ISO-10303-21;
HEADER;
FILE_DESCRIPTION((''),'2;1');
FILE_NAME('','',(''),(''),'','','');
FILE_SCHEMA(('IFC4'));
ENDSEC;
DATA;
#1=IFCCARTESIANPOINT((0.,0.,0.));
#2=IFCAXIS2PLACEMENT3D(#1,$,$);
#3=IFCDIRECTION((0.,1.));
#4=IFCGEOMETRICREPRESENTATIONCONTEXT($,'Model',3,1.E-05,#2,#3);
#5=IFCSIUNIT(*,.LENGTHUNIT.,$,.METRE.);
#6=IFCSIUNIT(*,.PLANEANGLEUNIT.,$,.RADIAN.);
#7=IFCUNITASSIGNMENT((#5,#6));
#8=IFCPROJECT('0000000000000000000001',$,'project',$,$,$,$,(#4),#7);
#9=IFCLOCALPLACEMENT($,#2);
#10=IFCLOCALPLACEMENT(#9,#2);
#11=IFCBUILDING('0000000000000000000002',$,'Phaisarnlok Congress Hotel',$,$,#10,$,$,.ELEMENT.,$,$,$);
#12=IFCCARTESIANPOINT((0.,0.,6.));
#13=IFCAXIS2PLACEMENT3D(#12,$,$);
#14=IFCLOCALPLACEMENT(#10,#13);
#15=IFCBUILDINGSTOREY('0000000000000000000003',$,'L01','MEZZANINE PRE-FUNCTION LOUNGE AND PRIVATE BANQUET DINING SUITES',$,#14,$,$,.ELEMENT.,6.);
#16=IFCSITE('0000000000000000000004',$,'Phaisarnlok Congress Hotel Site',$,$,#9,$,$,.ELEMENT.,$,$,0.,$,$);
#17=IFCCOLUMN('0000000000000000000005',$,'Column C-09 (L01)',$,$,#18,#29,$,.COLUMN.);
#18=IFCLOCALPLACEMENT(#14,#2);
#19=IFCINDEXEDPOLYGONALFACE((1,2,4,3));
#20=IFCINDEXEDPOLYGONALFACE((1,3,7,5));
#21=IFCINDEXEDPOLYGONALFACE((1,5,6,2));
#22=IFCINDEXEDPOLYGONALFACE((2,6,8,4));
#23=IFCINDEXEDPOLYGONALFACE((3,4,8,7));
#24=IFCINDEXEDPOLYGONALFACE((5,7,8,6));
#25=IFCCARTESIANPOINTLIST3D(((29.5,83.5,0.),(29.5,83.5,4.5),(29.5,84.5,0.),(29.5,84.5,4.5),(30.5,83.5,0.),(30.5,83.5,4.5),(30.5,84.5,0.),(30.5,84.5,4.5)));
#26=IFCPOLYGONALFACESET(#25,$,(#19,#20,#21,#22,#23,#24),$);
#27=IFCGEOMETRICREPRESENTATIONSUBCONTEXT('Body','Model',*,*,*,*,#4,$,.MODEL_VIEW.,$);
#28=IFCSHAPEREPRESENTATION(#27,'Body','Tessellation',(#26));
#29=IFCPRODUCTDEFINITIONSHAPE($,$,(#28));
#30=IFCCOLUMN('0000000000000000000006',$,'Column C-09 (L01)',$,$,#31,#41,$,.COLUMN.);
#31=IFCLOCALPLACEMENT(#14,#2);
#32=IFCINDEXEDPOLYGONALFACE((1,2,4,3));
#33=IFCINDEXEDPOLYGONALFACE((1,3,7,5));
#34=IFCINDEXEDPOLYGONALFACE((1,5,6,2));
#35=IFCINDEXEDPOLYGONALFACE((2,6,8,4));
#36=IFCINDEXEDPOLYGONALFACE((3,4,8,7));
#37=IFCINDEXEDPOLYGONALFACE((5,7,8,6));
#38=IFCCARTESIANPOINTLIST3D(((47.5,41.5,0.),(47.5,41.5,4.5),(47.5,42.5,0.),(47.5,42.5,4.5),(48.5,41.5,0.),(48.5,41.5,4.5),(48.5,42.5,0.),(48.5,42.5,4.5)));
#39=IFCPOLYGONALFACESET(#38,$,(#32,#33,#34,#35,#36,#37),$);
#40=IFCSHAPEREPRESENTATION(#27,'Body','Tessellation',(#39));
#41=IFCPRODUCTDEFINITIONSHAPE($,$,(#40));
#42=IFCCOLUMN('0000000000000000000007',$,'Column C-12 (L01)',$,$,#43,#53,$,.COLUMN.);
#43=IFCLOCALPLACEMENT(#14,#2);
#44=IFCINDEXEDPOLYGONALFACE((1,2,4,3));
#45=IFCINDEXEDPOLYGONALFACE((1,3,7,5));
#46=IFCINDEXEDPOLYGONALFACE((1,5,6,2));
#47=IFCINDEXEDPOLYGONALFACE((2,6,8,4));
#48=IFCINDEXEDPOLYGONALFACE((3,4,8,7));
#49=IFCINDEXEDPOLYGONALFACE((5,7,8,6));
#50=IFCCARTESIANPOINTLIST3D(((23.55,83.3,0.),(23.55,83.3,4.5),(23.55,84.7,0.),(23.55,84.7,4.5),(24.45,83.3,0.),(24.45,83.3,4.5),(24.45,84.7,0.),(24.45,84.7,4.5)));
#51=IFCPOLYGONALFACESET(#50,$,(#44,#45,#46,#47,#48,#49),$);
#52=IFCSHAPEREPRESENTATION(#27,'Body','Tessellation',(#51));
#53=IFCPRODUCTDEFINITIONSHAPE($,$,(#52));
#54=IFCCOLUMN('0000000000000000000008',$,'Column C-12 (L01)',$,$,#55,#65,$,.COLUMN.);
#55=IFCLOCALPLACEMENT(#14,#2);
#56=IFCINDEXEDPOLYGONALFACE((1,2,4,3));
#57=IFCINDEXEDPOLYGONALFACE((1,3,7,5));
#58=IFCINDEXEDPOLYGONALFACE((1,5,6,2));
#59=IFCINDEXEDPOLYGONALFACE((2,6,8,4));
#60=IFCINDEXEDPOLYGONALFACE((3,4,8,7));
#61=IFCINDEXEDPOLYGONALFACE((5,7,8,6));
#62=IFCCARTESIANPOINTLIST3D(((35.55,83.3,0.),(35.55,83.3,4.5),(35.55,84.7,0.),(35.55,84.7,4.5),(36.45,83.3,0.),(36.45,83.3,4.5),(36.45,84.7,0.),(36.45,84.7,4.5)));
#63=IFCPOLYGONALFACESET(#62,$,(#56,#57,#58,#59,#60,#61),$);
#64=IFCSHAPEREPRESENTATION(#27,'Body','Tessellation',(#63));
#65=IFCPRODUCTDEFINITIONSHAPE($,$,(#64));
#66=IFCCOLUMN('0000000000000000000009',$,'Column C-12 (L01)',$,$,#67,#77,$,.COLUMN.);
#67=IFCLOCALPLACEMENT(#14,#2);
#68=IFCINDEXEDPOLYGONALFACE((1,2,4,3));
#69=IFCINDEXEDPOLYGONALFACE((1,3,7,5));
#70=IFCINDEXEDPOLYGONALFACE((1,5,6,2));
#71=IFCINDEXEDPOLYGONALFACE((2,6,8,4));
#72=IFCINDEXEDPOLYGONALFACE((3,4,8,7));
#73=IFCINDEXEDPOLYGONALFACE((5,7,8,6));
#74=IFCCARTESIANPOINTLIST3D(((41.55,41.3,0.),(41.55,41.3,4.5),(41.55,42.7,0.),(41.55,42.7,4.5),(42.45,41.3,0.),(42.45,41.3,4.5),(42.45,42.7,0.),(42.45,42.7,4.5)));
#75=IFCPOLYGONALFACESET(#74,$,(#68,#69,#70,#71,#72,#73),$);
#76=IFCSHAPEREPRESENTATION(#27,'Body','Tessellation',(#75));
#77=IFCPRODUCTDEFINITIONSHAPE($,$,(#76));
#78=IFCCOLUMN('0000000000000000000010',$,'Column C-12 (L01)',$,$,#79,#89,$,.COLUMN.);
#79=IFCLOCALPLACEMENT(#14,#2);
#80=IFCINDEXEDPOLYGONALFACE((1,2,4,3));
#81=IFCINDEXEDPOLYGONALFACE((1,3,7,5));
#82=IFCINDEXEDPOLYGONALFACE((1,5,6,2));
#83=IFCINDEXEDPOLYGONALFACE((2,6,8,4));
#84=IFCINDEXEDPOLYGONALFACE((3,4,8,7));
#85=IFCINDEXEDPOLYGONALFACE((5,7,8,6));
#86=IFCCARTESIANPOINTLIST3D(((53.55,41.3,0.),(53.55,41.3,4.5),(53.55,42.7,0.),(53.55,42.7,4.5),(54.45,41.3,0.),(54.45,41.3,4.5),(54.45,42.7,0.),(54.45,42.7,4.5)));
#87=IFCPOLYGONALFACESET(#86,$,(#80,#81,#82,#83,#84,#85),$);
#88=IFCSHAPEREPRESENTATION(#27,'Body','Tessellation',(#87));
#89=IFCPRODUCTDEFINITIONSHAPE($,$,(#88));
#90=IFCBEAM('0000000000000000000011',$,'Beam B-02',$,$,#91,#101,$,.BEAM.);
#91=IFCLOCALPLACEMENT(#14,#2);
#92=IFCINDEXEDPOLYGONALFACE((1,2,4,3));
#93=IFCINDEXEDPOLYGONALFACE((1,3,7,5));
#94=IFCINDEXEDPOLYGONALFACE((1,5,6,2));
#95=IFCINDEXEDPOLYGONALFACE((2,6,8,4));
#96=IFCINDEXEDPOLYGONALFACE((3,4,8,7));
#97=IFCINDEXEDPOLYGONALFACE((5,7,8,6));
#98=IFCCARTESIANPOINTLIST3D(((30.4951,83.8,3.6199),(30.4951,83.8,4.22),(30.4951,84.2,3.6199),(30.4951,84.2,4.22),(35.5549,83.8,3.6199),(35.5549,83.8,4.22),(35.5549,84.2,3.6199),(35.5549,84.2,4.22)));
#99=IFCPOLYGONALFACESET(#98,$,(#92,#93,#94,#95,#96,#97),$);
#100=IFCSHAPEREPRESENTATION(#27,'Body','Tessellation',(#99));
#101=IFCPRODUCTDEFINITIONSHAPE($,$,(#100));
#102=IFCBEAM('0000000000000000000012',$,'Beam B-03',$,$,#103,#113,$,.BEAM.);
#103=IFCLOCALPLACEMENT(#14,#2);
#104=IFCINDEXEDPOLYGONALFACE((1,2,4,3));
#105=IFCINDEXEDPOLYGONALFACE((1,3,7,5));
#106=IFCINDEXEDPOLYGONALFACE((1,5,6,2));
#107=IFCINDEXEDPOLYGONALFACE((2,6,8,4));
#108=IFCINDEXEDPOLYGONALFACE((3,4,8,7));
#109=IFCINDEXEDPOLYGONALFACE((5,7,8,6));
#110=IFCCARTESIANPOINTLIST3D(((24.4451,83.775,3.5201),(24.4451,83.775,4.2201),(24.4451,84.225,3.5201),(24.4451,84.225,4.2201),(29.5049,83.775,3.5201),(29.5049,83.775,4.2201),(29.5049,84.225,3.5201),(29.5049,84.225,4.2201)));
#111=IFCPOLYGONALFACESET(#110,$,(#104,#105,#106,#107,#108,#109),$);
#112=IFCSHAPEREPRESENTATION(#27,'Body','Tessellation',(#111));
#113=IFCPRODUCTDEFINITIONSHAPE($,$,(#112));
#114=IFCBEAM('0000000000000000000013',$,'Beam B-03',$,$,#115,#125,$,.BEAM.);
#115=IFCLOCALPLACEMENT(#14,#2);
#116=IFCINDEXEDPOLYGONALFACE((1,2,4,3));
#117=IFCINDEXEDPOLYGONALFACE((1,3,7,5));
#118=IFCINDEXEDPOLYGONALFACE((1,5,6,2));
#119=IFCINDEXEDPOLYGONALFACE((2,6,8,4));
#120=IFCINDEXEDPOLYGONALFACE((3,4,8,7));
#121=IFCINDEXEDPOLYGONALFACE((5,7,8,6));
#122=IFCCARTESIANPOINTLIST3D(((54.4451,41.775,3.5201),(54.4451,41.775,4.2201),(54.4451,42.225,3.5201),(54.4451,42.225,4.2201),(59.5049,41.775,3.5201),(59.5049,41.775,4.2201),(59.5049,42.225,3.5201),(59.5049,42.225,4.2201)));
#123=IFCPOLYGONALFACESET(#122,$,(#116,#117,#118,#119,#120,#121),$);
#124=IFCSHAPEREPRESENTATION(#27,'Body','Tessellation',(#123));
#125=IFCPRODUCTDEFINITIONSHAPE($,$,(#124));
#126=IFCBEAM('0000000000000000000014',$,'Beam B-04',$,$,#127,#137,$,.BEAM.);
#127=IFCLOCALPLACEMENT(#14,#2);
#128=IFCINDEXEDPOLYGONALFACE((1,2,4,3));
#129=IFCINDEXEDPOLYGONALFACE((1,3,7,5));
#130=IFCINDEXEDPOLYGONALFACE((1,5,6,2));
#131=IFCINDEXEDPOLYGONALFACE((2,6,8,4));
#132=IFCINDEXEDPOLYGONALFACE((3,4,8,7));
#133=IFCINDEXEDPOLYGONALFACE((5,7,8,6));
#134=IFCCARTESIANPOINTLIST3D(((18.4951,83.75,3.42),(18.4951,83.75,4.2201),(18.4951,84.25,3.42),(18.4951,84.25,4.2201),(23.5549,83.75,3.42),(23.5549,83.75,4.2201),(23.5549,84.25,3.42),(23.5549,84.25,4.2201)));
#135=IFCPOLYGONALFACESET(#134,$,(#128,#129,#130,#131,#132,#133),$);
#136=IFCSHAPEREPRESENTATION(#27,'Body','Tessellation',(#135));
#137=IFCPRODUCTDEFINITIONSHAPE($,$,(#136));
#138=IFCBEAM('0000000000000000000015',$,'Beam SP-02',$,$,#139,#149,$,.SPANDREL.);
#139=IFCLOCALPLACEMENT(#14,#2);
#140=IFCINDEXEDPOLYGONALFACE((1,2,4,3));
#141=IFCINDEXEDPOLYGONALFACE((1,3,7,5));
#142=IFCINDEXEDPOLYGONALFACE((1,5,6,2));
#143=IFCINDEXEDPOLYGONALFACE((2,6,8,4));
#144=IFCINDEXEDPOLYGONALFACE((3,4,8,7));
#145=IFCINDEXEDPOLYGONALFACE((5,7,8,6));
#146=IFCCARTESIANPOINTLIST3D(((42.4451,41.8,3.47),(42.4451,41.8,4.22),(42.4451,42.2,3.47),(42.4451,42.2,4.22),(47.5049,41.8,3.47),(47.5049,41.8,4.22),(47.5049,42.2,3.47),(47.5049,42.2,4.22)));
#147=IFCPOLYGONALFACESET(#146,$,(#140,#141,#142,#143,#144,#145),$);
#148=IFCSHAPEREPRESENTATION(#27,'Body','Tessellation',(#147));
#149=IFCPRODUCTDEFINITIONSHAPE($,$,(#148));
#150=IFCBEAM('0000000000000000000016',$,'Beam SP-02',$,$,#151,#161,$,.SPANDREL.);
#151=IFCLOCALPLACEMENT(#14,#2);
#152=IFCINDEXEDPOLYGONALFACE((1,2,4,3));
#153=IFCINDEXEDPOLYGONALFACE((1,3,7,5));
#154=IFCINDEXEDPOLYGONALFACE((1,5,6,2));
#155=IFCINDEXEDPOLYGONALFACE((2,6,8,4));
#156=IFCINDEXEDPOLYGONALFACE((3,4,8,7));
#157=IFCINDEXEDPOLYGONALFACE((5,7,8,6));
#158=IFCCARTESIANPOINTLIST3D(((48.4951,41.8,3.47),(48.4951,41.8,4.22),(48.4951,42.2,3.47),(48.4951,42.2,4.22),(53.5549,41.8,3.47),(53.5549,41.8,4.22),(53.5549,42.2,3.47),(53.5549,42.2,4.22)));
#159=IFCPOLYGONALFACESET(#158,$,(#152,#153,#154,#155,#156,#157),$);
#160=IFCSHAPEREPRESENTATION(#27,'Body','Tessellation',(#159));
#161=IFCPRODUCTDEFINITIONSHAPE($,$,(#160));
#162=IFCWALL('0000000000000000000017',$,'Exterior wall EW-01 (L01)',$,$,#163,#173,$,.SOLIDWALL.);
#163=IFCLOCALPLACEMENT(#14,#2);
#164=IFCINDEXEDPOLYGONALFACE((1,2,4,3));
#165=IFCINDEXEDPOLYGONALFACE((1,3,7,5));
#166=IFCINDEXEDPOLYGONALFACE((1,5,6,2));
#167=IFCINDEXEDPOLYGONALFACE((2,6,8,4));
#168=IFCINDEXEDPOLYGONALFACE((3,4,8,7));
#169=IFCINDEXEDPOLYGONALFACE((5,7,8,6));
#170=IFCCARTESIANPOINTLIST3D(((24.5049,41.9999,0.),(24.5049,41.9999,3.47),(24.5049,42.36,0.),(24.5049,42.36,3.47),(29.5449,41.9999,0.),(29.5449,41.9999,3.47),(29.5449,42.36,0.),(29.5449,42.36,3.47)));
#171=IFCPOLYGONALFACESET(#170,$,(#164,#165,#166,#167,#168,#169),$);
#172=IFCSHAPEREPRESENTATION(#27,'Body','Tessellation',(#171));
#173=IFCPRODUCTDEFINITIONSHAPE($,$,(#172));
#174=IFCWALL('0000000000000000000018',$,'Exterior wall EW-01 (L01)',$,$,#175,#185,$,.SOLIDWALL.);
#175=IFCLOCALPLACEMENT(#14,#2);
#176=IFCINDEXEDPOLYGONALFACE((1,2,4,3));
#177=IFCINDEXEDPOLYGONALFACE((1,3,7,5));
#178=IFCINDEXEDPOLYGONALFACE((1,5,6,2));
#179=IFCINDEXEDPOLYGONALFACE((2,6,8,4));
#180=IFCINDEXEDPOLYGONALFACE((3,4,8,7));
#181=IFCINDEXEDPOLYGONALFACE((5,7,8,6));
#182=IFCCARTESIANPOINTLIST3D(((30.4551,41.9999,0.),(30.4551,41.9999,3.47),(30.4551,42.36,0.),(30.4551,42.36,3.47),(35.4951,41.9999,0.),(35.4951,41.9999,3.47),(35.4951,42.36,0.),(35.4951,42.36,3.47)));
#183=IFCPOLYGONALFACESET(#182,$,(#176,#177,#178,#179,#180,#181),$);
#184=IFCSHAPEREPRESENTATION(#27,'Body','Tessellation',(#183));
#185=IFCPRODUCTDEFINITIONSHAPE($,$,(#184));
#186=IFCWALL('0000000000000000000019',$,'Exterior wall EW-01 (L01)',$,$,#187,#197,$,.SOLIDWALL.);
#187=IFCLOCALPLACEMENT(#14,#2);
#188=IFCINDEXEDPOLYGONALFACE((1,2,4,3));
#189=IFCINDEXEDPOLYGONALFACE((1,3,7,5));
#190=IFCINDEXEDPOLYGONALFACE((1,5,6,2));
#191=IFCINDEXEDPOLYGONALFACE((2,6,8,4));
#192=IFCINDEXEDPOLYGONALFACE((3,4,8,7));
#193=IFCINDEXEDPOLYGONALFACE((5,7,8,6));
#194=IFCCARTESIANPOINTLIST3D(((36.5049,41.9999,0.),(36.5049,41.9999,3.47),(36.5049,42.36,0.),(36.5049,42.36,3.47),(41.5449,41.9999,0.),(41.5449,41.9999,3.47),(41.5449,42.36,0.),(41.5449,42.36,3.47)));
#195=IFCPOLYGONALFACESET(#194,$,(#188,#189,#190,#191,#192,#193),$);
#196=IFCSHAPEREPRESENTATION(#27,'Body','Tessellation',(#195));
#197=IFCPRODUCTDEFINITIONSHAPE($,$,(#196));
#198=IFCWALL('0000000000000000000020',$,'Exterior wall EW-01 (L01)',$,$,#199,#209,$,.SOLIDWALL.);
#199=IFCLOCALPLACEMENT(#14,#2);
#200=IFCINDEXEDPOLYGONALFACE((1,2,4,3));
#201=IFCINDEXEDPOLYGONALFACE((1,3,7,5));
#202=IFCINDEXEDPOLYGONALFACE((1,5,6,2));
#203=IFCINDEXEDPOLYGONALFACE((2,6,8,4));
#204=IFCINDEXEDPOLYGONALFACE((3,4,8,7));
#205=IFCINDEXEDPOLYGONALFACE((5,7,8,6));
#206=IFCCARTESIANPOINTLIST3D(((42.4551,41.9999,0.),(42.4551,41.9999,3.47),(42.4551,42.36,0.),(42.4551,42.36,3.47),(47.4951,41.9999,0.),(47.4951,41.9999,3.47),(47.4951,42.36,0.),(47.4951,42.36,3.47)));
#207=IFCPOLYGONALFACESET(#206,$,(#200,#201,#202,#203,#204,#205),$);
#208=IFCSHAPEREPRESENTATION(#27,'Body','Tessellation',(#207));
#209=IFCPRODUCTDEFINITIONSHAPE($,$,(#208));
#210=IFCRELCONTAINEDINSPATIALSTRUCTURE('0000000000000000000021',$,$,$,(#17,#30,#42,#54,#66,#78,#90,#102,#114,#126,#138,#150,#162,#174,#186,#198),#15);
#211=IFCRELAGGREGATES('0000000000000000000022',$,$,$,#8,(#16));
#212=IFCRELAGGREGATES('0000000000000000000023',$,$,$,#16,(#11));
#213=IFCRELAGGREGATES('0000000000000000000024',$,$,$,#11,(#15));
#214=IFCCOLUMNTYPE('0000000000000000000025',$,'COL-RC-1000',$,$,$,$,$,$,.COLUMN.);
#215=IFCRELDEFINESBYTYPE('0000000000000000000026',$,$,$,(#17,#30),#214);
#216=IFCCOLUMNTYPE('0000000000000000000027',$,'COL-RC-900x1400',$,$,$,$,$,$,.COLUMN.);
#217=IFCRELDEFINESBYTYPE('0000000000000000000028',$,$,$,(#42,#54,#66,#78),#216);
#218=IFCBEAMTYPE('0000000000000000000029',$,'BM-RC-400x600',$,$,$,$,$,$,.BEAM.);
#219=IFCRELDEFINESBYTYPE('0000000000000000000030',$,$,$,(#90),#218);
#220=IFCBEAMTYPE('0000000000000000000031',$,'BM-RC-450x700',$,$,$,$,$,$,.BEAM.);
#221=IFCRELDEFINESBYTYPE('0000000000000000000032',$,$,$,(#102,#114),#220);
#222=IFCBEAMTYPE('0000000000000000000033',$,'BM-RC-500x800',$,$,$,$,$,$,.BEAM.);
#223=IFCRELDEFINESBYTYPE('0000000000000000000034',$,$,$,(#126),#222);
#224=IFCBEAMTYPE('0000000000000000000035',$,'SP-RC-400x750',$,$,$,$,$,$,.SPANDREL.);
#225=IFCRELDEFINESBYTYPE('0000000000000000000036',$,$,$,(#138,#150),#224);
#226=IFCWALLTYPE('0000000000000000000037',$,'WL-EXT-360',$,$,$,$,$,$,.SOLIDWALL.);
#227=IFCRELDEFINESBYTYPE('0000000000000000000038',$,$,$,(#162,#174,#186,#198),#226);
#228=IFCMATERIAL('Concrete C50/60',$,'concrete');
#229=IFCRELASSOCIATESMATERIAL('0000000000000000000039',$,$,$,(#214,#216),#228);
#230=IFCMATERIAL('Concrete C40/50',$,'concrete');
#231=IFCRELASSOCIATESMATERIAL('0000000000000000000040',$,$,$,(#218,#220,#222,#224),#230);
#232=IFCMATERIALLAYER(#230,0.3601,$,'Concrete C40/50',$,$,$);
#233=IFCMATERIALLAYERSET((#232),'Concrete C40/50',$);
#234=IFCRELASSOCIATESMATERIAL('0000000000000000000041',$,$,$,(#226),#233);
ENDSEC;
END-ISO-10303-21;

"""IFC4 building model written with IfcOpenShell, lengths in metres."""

from ifc_helpers import new_model, si_unit, direction, frame, frame_2d, origin, origin_2d, place, context, subcontext, project, spatial, rectangle, extrude, material, layer, layer_set, material_profile, profile_set, type_object, element, save


model = new_model("IFC4")

# Units and contexts
model_context = context("Model", 3, precision=1e-05, world=origin(), true_north=direction((0.0, 1.0)))
body_context = subcontext(model_context, "Body", "Model", "MODEL_VIEW")
ifc_project = project(units=[si_unit("LENGTHUNIT", "METRE"), si_unit("PLANEANGLEUNIT", "RADIAN")], contexts=[model_context])

# Site, building, storey
site_placement = place(None, origin())
site = spatial("IfcSite", under=ifc_project, at=site_placement, Name="Phaisarnlok Congress Hotel Site", CompositionType="ELEMENT", RefElevation=0.0)
building_placement = place(site_placement, origin())
building = spatial("IfcBuilding", under=site, at=building_placement, Name="Phaisarnlok Congress Hotel", CompositionType="ELEMENT")
storey_placement = place(building_placement, frame((0.0, 0.0, 6.0)))
storey = spatial("IfcBuildingStorey", under=building, at=storey_placement, Name="L01", Description="MEZZANINE PRE-FUNCTION LOUNGE AND PRIVATE BANQUET DINING SUITES", CompositionType="ELEMENT", Elevation=6.0)

# Columns
ifc_material_1 = material(Name="Concrete C50/60", Category="concrete")
ifc_material_profile_1 = material_profile(ifc_material_1, rectangle(XDim=1.0, YDim=1.0, at=origin_2d()), Name="RC 1000x1000")
ifc_profile_set_1 = profile_set([ifc_material_profile_1], Name="Concrete C50/60")
column_type_1 = type_object("IfcColumnType", Name="COL-RC-1000", PredefinedType="COLUMN", material=ifc_profile_set_1)
for number, where, z_axis, x_axis, name in (
    (1, (30.0, 84.0, 0.0), (0.0, 0.0, 1.0), (1.0, 0.0, 0.0), "Column C-09 (L01)"),
    (2, (48.0, 42.0, 0.0), (0.0, 0.0, 1.0), (1.0, 0.0, 0.0), "Column C-09 (L01)"),
):
    element("IfcColumn", number, at=place(storey_placement, frame(where, z_axis=z_axis, x_axis=x_axis)), inside=storey, type_object=column_type_1, Name=name, PredefinedType="COLUMN", context=body_context, shape_type="SweptSolid", body=[
        extrude(rectangle(XDim=1.0, YDim=1.0, at=origin_2d()), origin(), (0.0, 0.0, 1.0), 4.5),
    ])
ifc_material_profile_2 = material_profile(ifc_material_1, rectangle(XDim=0.8999, YDim=1.3999, at=origin_2d()), Name="RC 900x1400")
ifc_profile_set_2 = profile_set([ifc_material_profile_2], Name="Concrete C50/60")
column_type_2 = type_object("IfcColumnType", Name="COL-RC-900x1400", PredefinedType="COLUMN", material=ifc_profile_set_2)
for number, where, z_axis, x_axis, name in (
    (3, (24.0, 84.0, 0.0), (0.0, 0.0, 1.0), (1.0, 0.0, 0.0), "Column C-12 (L01)"),
    (4, (36.0, 84.0, 0.0), (0.0, 0.0, 1.0), (1.0, 0.0, 0.0), "Column C-12 (L01)"),
    (5, (42.0, 42.0, 0.0), (0.0, 0.0, 1.0), (1.0, 0.0, 0.0), "Column C-12 (L01)"),
    (6, (54.0, 42.0, 0.0), (0.0, 0.0, 1.0), (1.0, 0.0, 0.0), "Column C-12 (L01)"),
):
    element("IfcColumn", number, at=place(storey_placement, frame(where, z_axis=z_axis, x_axis=x_axis)), inside=storey, type_object=column_type_2, Name=name, PredefinedType="COLUMN", context=body_context, shape_type="SweptSolid", body=[
        extrude(rectangle(XDim=0.8999, YDim=1.3999, at=origin_2d()), origin(), (0.0, 0.0, 1.0), 4.5),
    ])

# Beams
ifc_material_2 = material(Name="Concrete C40/50", Category="concrete")
ifc_material_profile_3 = material_profile(ifc_material_2, rectangle(XDim=0.3999, YDim=0.6001, at=origin_2d()), Name="RC 400x600")
ifc_profile_set_3 = profile_set([ifc_material_profile_3], Name="Concrete C40/50")
beam_type_1 = type_object("IfcBeamType", Name="BM-RC-400x600", PredefinedType="BEAM", material=ifc_profile_set_3)
beam_1_placement = place(storey_placement, frame((30.4951, 84.0, 3.9199), z_axis=(1.0, 0.0, 0.0), x_axis=(0.0, 1.0, 0.0)))
element("IfcBeam", 7, at=beam_1_placement, inside=storey, type_object=beam_type_1, Name="Beam B-02", PredefinedType="BEAM", context=body_context, shape_type="SweptSolid", body=[
    extrude(rectangle(XDim=0.3999, YDim=0.6001, at=origin_2d()), origin(), (0.0, 0.0, 1.0), 5.0598),
])
ifc_material_profile_4 = material_profile(ifc_material_2, rectangle(XDim=0.45, YDim=0.7, at=origin_2d()), Name="RC 450x700")
ifc_profile_set_4 = profile_set([ifc_material_profile_4], Name="Concrete C40/50")
beam_type_2 = type_object("IfcBeamType", Name="BM-RC-450x700", PredefinedType="BEAM", material=ifc_profile_set_4)
for number, where, z_axis, x_axis, name in (
    (8, (24.4451, 84.0, 3.8701), (1.0, 0.0, 0.0), (0.0, 1.0, 0.0), "Beam B-03"),
    (9, (54.4451, 42.0, 3.8701), (1.0, 0.0, 0.0), (0.0, 1.0, 0.0), "Beam B-03"),
):
    element("IfcBeam", number, at=place(storey_placement, frame(where, z_axis=z_axis, x_axis=x_axis)), inside=storey, type_object=beam_type_2, Name=name, PredefinedType="BEAM", context=body_context, shape_type="SweptSolid", body=[
        extrude(rectangle(XDim=0.45, YDim=0.7, at=origin_2d()), origin(), (0.0, 0.0, 1.0), 5.0598),
    ])
ifc_material_profile_5 = material_profile(ifc_material_2, rectangle(XDim=0.5, YDim=0.8, at=origin_2d()), Name="RC 500x800")
ifc_profile_set_5 = profile_set([ifc_material_profile_5], Name="Concrete C40/50")
beam_type_3 = type_object("IfcBeamType", Name="BM-RC-500x800", PredefinedType="BEAM", material=ifc_profile_set_5)
beam_2_placement = place(storey_placement, frame((18.4951, 84.0, 3.8201), z_axis=(1.0, 0.0, 0.0), x_axis=(0.0, 1.0, 0.0)))
element("IfcBeam", 10, at=beam_2_placement, inside=storey, type_object=beam_type_3, Name="Beam B-04", PredefinedType="BEAM", context=body_context, shape_type="SweptSolid", body=[
    extrude(rectangle(XDim=0.5, YDim=0.8, at=origin_2d()), origin(), (0.0, 0.0, 1.0), 5.0598),
])
ifc_material_profile_6 = material_profile(ifc_material_2, rectangle(XDim=0.3999, YDim=0.75, at=origin_2d()), Name="RC 400x750")
ifc_profile_set_6 = profile_set([ifc_material_profile_6], Name="Concrete C40/50")
beam_type_4 = type_object("IfcBeamType", Name="SP-RC-400x750", PredefinedType="SPANDREL", material=ifc_profile_set_6)
for number, where, z_axis, x_axis, name in (
    (11, (42.4451, 42.0, 3.845), (1.0, 0.0, 0.0), (0.0, 1.0, 0.0), "Beam SP-02"),
    (12, (48.4951, 42.0, 3.845), (1.0, 0.0, 0.0), (0.0, 1.0, 0.0), "Beam SP-02"),
):
    element("IfcBeam", number, at=place(storey_placement, frame(where, z_axis=z_axis, x_axis=x_axis)), inside=storey, type_object=beam_type_4, Name=name, PredefinedType="SPANDREL", context=body_context, shape_type="SweptSolid", body=[
        extrude(rectangle(XDim=0.3999, YDim=0.75, at=origin_2d()), origin(), (0.0, 0.0, 1.0), 5.0598),
    ])

# Walls
ifc_layer_1 = layer(ifc_material_2, 0.3601, Name="Concrete C40/50")
ifc_layer_set_1 = layer_set([ifc_layer_1], Name="Concrete C40/50")
wall_type_1 = type_object("IfcWallType", Name="WL-EXT-360", PredefinedType="SOLIDWALL", material=ifc_layer_set_1)
for number, where, z_axis, x_axis, name in (
    (13, (24.5049, 42.1799, 0.0), (0.0, 0.0, 1.0), (1.0, 0.0, 0.0), "Exterior wall EW-01 (L01)"),
    (14, (30.4551, 42.1799, 0.0), (0.0, 0.0, 1.0), (1.0, 0.0, 0.0), "Exterior wall EW-01 (L01)"),
    (15, (36.5049, 42.1799, 0.0), (0.0, 0.0, 1.0), (1.0, 0.0, 0.0), "Exterior wall EW-01 (L01)"),
    (16, (42.4551, 42.1799, 0.0), (0.0, 0.0, 1.0), (1.0, 0.0, 0.0), "Exterior wall EW-01 (L01)"),
):
    element("IfcWall", number, at=place(storey_placement, frame(where, z_axis=z_axis, x_axis=x_axis)), inside=storey, type_object=wall_type_1, Name=name, PredefinedType="SOLIDWALL", context=body_context, shape_type="SweptSolid", body=[
        extrude(rectangle(XDim=5.04, YDim=0.3601, at=frame_2d((2.52, 0.0))), origin(), (0.0, 0.0, 1.0), 3.47),
    ])

save(model, "model.ifc")
